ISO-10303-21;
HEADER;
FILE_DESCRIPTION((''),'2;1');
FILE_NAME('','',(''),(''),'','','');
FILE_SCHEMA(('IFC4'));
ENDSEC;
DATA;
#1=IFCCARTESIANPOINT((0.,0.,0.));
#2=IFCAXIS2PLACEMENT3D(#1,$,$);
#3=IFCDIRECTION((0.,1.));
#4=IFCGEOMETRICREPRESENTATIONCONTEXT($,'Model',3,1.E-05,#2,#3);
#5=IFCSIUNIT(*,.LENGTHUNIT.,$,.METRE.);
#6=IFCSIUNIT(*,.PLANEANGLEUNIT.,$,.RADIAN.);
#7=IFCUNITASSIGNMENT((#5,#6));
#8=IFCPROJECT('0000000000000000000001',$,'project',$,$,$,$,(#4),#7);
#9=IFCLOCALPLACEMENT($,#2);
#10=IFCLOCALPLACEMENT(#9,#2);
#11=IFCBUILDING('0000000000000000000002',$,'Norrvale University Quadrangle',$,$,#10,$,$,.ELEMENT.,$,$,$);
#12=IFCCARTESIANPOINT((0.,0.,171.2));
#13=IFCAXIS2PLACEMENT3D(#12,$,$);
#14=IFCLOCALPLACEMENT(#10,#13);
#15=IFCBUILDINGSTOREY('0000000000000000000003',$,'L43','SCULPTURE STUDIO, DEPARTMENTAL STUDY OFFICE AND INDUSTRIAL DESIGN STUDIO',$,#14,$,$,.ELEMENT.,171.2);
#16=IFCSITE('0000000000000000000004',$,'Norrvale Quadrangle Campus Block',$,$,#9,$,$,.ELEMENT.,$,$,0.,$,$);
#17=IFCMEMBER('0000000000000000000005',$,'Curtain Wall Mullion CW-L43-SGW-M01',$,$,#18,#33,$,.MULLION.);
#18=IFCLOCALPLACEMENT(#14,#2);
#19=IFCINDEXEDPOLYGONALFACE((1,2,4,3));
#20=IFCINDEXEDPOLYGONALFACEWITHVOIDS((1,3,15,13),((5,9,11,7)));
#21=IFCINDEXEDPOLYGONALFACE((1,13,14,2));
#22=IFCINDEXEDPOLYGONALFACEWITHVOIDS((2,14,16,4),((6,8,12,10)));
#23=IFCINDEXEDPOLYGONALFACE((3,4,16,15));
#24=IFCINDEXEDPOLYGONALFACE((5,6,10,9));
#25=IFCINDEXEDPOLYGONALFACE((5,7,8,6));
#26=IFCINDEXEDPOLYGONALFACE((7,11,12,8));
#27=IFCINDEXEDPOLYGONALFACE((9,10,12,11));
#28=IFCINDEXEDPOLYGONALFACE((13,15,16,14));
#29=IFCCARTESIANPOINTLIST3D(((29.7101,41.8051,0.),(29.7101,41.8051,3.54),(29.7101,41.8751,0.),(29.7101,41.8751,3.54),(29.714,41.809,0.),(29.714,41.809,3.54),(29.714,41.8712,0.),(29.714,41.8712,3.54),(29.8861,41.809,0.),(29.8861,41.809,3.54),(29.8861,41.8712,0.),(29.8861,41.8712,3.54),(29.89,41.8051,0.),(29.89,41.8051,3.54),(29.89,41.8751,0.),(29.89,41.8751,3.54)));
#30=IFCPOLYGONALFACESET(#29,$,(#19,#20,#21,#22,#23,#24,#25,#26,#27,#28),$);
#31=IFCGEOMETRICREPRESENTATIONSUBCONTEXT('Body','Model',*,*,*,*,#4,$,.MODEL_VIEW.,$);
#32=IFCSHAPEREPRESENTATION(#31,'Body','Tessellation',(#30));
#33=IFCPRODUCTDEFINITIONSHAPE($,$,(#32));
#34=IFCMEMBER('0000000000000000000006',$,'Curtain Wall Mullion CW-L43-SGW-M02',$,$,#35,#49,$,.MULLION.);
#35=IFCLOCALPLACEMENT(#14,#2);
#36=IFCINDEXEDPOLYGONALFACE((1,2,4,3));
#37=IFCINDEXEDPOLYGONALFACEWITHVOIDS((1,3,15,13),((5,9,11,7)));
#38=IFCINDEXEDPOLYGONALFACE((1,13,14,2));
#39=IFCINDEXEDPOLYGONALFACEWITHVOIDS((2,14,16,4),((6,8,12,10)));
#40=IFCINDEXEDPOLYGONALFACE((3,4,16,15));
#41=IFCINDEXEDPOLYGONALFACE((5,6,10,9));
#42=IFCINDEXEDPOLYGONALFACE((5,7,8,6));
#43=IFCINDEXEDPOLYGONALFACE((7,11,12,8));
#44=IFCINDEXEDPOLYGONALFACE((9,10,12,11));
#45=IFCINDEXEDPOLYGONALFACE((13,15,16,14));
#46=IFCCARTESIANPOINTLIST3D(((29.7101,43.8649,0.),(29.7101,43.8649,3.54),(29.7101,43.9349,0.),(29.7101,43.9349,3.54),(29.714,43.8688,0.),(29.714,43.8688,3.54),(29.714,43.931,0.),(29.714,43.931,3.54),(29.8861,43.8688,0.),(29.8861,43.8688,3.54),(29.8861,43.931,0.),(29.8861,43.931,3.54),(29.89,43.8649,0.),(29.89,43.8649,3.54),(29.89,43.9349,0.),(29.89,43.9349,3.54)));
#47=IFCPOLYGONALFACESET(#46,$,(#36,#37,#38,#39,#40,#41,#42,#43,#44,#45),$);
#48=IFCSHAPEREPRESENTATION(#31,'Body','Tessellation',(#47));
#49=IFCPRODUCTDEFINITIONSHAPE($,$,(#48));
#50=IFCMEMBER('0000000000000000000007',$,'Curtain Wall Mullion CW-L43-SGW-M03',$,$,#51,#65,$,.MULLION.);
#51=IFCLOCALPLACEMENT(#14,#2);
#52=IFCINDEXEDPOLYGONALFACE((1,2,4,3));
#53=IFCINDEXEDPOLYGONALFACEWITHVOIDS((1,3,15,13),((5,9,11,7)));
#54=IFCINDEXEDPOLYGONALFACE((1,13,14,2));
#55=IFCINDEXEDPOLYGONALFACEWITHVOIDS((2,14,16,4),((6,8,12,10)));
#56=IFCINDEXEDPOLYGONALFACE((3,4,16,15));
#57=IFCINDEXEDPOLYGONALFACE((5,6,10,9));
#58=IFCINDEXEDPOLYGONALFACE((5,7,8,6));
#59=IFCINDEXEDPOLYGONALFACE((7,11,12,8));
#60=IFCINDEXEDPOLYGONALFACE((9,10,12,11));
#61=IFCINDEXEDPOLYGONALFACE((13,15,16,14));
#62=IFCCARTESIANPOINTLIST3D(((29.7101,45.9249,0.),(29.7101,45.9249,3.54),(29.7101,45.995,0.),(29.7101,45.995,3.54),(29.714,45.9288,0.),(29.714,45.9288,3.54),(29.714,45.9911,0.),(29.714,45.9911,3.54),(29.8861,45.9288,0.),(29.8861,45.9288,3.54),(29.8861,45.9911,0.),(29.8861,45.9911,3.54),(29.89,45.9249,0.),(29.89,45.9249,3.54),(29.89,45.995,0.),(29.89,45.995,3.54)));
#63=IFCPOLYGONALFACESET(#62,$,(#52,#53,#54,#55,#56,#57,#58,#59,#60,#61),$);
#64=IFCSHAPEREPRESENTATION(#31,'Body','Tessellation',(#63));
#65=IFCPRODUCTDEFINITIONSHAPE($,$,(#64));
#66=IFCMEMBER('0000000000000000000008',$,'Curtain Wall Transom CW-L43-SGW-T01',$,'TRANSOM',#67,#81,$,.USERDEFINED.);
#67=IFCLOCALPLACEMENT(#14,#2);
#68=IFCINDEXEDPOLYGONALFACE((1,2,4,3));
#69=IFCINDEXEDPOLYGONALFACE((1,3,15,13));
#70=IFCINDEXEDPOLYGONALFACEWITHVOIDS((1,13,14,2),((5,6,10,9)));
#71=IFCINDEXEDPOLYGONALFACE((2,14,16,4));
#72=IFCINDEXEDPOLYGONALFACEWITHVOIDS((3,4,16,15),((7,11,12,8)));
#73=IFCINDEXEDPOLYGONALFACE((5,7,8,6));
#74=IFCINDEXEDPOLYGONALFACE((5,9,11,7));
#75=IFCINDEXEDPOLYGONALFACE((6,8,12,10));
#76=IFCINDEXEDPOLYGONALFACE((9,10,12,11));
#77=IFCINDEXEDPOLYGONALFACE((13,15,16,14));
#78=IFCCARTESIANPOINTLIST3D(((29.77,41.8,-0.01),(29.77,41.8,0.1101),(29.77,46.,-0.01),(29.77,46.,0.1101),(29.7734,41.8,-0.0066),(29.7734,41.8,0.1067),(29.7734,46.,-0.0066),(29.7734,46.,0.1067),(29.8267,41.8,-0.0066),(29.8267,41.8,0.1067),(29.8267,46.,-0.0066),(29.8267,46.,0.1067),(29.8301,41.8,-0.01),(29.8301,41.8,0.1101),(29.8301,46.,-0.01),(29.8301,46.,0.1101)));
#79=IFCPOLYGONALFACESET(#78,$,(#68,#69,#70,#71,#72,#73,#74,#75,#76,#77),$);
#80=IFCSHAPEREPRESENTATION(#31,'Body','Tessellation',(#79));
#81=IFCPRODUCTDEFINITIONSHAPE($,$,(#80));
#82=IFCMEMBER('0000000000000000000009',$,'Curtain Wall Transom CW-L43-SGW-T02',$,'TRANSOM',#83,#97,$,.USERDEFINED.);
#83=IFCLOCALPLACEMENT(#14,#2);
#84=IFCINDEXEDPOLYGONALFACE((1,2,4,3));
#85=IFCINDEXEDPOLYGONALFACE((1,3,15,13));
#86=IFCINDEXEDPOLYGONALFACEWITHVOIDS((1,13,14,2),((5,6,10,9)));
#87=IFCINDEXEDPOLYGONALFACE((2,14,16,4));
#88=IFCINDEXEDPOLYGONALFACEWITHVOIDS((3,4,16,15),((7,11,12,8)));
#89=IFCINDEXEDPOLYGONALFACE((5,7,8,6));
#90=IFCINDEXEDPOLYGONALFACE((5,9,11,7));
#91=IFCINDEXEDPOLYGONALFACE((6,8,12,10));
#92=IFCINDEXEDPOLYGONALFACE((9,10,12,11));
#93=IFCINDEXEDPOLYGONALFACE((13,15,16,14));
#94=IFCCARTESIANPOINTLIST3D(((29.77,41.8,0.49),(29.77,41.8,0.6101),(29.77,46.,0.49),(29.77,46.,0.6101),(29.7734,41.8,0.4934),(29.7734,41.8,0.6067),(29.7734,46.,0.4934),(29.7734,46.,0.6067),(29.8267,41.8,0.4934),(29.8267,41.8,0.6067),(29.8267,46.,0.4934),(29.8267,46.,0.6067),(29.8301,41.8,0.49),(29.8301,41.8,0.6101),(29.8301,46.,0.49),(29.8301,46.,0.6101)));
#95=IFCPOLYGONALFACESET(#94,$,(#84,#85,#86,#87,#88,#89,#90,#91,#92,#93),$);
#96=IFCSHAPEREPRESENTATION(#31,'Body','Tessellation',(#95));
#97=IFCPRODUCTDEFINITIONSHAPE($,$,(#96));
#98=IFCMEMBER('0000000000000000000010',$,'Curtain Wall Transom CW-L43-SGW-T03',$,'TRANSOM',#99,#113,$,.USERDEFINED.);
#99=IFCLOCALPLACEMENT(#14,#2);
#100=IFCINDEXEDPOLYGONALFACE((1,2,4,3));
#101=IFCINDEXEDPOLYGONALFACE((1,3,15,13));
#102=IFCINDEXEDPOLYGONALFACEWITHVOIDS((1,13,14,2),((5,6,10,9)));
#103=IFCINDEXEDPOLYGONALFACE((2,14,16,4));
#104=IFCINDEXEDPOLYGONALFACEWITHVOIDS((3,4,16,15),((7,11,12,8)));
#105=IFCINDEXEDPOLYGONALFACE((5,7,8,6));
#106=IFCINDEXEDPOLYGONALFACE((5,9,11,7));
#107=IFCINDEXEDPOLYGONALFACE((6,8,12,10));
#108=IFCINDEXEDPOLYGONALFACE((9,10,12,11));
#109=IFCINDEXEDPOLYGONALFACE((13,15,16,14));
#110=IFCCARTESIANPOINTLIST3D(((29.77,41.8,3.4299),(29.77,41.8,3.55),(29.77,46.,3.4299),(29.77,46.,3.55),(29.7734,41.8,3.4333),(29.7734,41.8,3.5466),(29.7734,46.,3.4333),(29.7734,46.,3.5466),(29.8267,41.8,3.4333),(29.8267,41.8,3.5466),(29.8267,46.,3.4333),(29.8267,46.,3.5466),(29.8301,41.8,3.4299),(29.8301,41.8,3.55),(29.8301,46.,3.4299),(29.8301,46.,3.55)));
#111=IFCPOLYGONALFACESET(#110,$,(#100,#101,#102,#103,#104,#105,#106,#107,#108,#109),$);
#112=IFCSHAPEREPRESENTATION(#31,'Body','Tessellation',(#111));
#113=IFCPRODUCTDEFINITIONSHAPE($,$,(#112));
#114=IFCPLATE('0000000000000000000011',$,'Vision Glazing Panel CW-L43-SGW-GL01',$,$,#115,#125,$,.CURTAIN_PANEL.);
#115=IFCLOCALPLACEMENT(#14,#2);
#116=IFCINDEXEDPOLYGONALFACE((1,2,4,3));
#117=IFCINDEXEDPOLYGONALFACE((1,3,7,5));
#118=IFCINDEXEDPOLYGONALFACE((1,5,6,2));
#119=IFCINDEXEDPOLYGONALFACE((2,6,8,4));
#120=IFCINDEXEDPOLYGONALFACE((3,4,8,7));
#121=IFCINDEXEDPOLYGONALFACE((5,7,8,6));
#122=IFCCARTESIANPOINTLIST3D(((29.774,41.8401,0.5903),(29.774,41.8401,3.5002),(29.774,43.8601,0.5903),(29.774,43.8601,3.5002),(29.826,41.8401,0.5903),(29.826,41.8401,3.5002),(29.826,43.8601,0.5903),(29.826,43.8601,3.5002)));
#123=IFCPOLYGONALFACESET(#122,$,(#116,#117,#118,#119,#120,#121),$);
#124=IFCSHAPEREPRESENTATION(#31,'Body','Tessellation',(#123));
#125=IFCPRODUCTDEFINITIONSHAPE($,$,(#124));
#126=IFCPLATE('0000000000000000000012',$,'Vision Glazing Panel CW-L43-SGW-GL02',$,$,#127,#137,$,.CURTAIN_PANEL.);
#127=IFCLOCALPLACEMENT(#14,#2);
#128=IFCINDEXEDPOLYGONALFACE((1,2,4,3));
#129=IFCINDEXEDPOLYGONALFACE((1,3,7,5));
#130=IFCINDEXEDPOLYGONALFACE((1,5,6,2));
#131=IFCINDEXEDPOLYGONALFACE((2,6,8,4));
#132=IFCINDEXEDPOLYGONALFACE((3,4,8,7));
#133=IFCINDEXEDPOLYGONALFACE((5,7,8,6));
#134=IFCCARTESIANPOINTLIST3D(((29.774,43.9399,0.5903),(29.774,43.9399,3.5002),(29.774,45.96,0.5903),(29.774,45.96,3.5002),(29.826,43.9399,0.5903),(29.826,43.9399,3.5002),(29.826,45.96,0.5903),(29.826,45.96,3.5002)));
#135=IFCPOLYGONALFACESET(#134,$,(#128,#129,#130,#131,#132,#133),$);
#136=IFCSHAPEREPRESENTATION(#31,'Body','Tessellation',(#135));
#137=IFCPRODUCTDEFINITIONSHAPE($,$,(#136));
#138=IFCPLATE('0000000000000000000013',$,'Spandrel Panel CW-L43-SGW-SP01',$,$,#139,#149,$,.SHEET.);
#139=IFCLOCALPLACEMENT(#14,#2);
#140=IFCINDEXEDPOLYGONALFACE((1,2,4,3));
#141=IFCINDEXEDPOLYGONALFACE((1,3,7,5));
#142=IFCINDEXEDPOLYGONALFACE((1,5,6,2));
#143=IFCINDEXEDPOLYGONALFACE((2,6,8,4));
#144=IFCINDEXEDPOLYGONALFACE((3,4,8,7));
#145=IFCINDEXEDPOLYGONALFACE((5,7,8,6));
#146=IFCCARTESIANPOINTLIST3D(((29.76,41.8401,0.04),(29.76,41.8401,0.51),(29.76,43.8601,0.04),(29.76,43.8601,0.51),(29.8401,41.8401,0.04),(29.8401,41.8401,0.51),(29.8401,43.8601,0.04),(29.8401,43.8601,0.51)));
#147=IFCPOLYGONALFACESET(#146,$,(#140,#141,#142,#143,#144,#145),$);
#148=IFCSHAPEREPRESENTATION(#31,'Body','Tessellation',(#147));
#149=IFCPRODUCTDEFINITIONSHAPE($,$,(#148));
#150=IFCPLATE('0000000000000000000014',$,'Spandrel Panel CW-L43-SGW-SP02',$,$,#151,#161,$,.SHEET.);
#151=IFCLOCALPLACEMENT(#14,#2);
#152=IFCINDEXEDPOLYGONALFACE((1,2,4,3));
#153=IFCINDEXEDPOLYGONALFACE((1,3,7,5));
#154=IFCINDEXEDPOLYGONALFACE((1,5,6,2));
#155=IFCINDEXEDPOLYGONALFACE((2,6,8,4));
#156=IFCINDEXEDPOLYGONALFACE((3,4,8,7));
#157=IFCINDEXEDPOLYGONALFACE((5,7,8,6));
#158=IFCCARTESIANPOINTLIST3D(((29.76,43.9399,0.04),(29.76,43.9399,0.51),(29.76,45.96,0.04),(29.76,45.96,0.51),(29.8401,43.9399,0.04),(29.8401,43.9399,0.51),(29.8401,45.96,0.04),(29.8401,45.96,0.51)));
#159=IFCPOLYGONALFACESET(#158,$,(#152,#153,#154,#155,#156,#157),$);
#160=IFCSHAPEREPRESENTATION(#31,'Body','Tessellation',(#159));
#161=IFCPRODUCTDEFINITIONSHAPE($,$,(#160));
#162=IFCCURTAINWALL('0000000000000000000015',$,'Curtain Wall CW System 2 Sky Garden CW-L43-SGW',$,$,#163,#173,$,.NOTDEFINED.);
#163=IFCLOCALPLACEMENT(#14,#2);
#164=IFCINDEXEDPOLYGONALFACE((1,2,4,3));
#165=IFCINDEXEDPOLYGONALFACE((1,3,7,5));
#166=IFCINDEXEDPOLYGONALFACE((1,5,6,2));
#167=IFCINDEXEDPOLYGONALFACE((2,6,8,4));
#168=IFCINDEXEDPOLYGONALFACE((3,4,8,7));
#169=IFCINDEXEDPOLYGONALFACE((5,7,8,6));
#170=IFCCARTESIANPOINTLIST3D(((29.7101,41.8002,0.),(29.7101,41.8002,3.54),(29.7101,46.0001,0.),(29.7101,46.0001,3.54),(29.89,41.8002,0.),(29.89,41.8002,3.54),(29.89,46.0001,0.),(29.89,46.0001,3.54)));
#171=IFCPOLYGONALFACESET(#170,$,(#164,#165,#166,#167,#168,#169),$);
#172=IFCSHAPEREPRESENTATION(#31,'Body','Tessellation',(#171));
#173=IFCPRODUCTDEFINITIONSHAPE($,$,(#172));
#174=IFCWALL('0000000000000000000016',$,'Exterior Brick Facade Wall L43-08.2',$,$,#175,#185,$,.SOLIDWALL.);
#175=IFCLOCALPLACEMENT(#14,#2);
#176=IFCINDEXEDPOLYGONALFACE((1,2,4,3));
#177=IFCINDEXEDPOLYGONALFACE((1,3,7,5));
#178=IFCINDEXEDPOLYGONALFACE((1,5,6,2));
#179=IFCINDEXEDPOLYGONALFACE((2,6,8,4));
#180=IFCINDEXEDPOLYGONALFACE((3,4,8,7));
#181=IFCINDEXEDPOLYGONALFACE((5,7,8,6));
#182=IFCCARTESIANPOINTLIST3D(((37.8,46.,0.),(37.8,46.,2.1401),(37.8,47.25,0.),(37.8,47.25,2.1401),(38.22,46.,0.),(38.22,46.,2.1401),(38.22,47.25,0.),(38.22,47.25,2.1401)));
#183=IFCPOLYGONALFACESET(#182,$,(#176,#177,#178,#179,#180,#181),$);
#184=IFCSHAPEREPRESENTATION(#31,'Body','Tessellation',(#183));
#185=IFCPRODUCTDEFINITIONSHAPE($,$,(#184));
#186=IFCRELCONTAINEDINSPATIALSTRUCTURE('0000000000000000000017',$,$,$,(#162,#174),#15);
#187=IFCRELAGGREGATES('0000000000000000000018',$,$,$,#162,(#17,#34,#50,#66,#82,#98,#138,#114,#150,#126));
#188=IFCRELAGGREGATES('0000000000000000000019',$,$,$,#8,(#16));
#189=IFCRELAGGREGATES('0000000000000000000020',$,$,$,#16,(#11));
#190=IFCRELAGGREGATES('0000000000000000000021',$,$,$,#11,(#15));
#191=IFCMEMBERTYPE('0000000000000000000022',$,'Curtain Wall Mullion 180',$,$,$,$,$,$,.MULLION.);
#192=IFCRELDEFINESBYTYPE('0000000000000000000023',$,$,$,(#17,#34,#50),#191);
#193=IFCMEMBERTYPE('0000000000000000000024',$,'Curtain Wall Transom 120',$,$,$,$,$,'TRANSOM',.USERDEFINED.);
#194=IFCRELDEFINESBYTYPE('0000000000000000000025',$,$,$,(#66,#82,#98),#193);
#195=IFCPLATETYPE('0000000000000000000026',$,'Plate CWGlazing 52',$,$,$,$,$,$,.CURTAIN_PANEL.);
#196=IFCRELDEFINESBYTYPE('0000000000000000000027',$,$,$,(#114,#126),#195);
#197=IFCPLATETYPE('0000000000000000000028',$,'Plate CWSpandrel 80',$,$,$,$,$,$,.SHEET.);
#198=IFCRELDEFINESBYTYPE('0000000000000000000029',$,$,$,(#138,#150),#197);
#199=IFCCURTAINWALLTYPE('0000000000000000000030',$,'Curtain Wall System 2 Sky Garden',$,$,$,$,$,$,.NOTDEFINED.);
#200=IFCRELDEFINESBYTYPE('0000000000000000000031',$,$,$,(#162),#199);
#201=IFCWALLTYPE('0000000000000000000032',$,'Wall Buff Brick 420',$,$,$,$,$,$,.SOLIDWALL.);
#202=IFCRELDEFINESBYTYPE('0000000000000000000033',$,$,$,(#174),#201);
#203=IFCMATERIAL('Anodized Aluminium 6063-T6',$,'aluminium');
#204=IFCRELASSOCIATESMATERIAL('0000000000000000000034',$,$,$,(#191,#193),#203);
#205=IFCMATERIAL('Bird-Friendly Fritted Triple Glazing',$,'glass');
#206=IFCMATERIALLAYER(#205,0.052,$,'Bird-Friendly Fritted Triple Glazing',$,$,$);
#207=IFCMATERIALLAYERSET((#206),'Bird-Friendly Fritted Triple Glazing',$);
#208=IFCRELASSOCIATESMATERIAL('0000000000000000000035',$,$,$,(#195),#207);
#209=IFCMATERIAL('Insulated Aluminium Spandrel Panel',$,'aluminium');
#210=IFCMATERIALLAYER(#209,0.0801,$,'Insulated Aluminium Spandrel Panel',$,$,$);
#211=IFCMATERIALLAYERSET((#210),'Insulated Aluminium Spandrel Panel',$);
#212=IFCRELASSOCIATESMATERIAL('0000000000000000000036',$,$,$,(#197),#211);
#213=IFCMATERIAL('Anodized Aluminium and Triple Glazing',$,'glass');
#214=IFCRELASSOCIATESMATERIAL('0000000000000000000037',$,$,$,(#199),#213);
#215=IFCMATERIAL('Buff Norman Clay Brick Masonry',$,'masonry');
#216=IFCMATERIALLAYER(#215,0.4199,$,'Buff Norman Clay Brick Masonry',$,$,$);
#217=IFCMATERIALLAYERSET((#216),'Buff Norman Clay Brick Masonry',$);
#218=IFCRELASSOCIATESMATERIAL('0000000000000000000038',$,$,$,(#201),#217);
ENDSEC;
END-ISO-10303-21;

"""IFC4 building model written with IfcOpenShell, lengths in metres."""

from ifc_helpers import new_model, si_unit, direction, frame, frame_2d, origin, origin_2d, place, context, subcontext, project, spatial, rectangle, hollow_rectangle, extrude, material, layer, layer_set, material_profile, profile_set, type_object, element, aggregate, save


model = new_model("IFC4")

# Units and contexts
model_context = context("Model", 3, precision=1e-05, world=origin(), true_north=direction((0.0, 1.0)))
body_context = subcontext(model_context, "Body", "Model", "MODEL_VIEW")
ifc_project = project(units=[si_unit("LENGTHUNIT", "METRE"), si_unit("PLANEANGLEUNIT", "RADIAN")], contexts=[model_context])

# Site, building, storey
site_placement = place(None, origin())
site = spatial("IfcSite", under=ifc_project, at=site_placement, Name="Norrvale Quadrangle Campus Block", CompositionType="ELEMENT", RefElevation=0.0)
building_placement = place(site_placement, origin())
building = spatial("IfcBuilding", under=site, at=building_placement, Name="Norrvale University Quadrangle", CompositionType="ELEMENT")
storey_placement = place(building_placement, frame((0.0, 0.0, 171.2)))
storey = spatial("IfcBuildingStorey", under=building, at=storey_placement, Name="L43", Description="SCULPTURE STUDIO, DEPARTMENTAL STUDY OFFICE AND INDUSTRIAL DESIGN STUDIO", CompositionType="ELEMENT", Elevation=171.2)

# Members
ifc_material_1 = material(Name="Anodized Aluminium 6063-T6", Category="aluminium")
ifc_material_profile_1 = material_profile(ifc_material_1, hollow_rectangle(XDim=0.0701, YDim=0.1799, WallThickness=0.0039, at=origin_2d()), Name="Anodized Aluminium 6063-T6")
ifc_profile_set_1 = profile_set([ifc_material_profile_1], Name="Anodized Aluminium 6063-T6")
member_type_1 = type_object("IfcMemberType", Name="Curtain Wall Mullion 180", PredefinedType="MULLION", material=ifc_profile_set_1)
member_1_placement = place(storey_placement, frame((29.8, 41.8401, 0.0), z_axis=(0.0, 0.0, 1.0), x_axis=(0.0, 1.0, 0.0)))
member_1 = element("IfcMember", 1, at=member_1_placement, type_object=member_type_1, Name="Curtain Wall Mullion CW-L43-SGW-M01", PredefinedType="MULLION", context=body_context, shape_type="SweptSolid", body=[
    extrude(hollow_rectangle(XDim=0.0701, YDim=0.1799, WallThickness=0.0039, at=origin_2d()), origin(), (0.0, 0.0, 1.0), 3.54),
])
member_2_placement = place(storey_placement, frame((29.8, 43.8999, 0.0), z_axis=(0.0, 0.0, 1.0), x_axis=(0.0, 1.0, 0.0)))
member_2 = element("IfcMember", 2, at=member_2_placement, type_object=member_type_1, Name="Curtain Wall Mullion CW-L43-SGW-M02", PredefinedType="MULLION", context=body_context, shape_type="SweptSolid", body=[
    extrude(hollow_rectangle(XDim=0.0701, YDim=0.1799, WallThickness=0.0039, at=origin_2d()), origin(), (0.0, 0.0, 1.0), 3.54),
])
member_3_placement = place(storey_placement, frame((29.8, 45.96, 0.0), z_axis=(0.0, 0.0, 1.0), x_axis=(0.0, 1.0, 0.0)))
member_3 = element("IfcMember", 3, at=member_3_placement, type_object=member_type_1, Name="Curtain Wall Mullion CW-L43-SGW-M03", PredefinedType="MULLION", context=body_context, shape_type="SweptSolid", body=[
    extrude(hollow_rectangle(XDim=0.0701, YDim=0.1799, WallThickness=0.0039, at=origin_2d()), origin(), (0.0, 0.0, 1.0), 3.54),
])
ifc_material_profile_2 = material_profile(ifc_material_1, hollow_rectangle(XDim=0.0601, YDim=0.1201, WallThickness=0.0034, at=origin_2d()), Name="Anodized Aluminium 6063-T6")
ifc_profile_set_2 = profile_set([ifc_material_profile_2], Name="Anodized Aluminium 6063-T6")
member_type_2 = type_object("IfcMemberType", Name="Curtain Wall Transom 120", ElementType="TRANSOM", PredefinedType="USERDEFINED", material=ifc_profile_set_2)
member_4_placement = place(storey_placement, frame((29.8, 41.8, 0.05), z_axis=(0.0, 1.0, 0.0), x_axis=(-1.0, 0.0, 0.0)))
member_4 = element("IfcMember", 4, at=member_4_placement, type_object=member_type_2, Name="Curtain Wall Transom CW-L43-SGW-T01", ObjectType="TRANSOM", PredefinedType="USERDEFINED", context=body_context, shape_type="SweptSolid", body=[
    extrude(hollow_rectangle(XDim=0.0601, YDim=0.1201, WallThickness=0.0034, at=origin_2d()), origin(), (0.0, 0.0, 1.0), 4.2),
])
member_5_placement = place(storey_placement, frame((29.8, 41.8, 0.55), z_axis=(0.0, 1.0, 0.0), x_axis=(-1.0, 0.0, 0.0)))
member_5 = element("IfcMember", 5, at=member_5_placement, type_object=member_type_2, Name="Curtain Wall Transom CW-L43-SGW-T02", ObjectType="TRANSOM", PredefinedType="USERDEFINED", context=body_context, shape_type="SweptSolid", body=[
    extrude(hollow_rectangle(XDim=0.0601, YDim=0.1201, WallThickness=0.0034, at=origin_2d()), origin(), (0.0, 0.0, 1.0), 4.2),
])
member_6_placement = place(storey_placement, frame((29.8, 41.8, 3.49), z_axis=(0.0, 1.0, 0.0), x_axis=(-1.0, 0.0, 0.0)))
member_6 = element("IfcMember", 6, at=member_6_placement, type_object=member_type_2, Name="Curtain Wall Transom CW-L43-SGW-T03", ObjectType="TRANSOM", PredefinedType="USERDEFINED", context=body_context, shape_type="SweptSolid", body=[
    extrude(hollow_rectangle(XDim=0.0601, YDim=0.1201, WallThickness=0.0034, at=origin_2d()), origin(), (0.0, 0.0, 1.0), 4.2),
])

# Plates
ifc_material_2 = material(Name="Bird-Friendly Fritted Triple Glazing", Category="glass")
ifc_layer_1 = layer(ifc_material_2, 0.052, Name="Bird-Friendly Fritted Triple Glazing")
ifc_layer_set_1 = layer_set([ifc_layer_1], Name="Bird-Friendly Fritted Triple Glazing")
plate_type_1 = type_object("IfcPlateType", Name="Plate CWGlazing 52", PredefinedType="CURTAIN_PANEL", material=ifc_layer_set_1)
plate_1_placement = place(storey_placement, frame((29.8, 42.8501, 0.5903), z_axis=(0.0, 0.0, 1.0), x_axis=(0.0, 1.0, 0.0)))
plate_1 = element("IfcPlate", 7, at=plate_1_placement, type_object=plate_type_1, Name="Vision Glazing Panel CW-L43-SGW-GL01", PredefinedType="CURTAIN_PANEL", context=body_context, shape_type="SweptSolid", body=[
    extrude(rectangle(XDim=2.02, YDim=0.052, at=origin_2d()), origin(), (0.0, 0.0, 1.0), 2.9099),
])
plate_2_placement = place(storey_placement, frame((29.8, 44.95, 0.5903), z_axis=(0.0, 0.0, 1.0), x_axis=(0.0, 1.0, 0.0)))
plate_2 = element("IfcPlate", 8, at=plate_2_placement, type_object=plate_type_1, Name="Vision Glazing Panel CW-L43-SGW-GL02", PredefinedType="CURTAIN_PANEL", context=body_context, shape_type="SweptSolid", body=[
    extrude(rectangle(XDim=2.02, YDim=0.052, at=origin_2d()), origin(), (0.0, 0.0, 1.0), 2.9099),
])
ifc_material_3 = material(Name="Insulated Aluminium Spandrel Panel", Category="aluminium")
ifc_layer_2 = layer(ifc_material_3, 0.0801, Name="Insulated Aluminium Spandrel Panel")
ifc_layer_set_2 = layer_set([ifc_layer_2], Name="Insulated Aluminium Spandrel Panel")
plate_type_2 = type_object("IfcPlateType", Name="Plate CWSpandrel 80", PredefinedType="SHEET", material=ifc_layer_set_2)
plate_3_placement = place(storey_placement, frame((29.8, 42.8501, 0.04), z_axis=(0.0, 0.0, 1.0), x_axis=(0.0, 1.0, 0.0)))
plate_3 = element("IfcPlate", 9, at=plate_3_placement, type_object=plate_type_2, Name="Spandrel Panel CW-L43-SGW-SP01", PredefinedType="SHEET", context=body_context, shape_type="SweptSolid", body=[
    extrude(rectangle(XDim=2.02, YDim=0.0801, at=origin_2d()), origin(), (0.0, 0.0, 1.0), 0.47),
])
plate_4_placement = place(storey_placement, frame((29.8, 44.95, 0.04), z_axis=(0.0, 0.0, 1.0), x_axis=(0.0, 1.0, 0.0)))
plate_4 = element("IfcPlate", 10, at=plate_4_placement, type_object=plate_type_2, Name="Spandrel Panel CW-L43-SGW-SP02", PredefinedType="SHEET", context=body_context, shape_type="SweptSolid", body=[
    extrude(rectangle(XDim=2.02, YDim=0.0801, at=origin_2d()), origin(), (0.0, 0.0, 1.0), 0.47),
])

# Curtain wall
ifc_material_4 = material(Name="Anodized Aluminium and Triple Glazing", Category="glass")
curtain_wall_type = type_object("IfcCurtainWallType", Name="Curtain Wall System 2 Sky Garden", PredefinedType="NOTDEFINED", material=ifc_material_4)
curtain_wall_1_placement = place(storey_placement, frame((29.8, 41.8, 0.0), z_axis=(0.0, 0.0, 1.0), x_axis=(0.0, 1.0, 0.0)))
curtain_wall_1 = element("IfcCurtainWall", 11, at=curtain_wall_1_placement, inside=storey, type_object=curtain_wall_type, Name="Curtain Wall CW System 2 Sky Garden CW-L43-SGW", PredefinedType="NOTDEFINED", context=body_context, shape_type="SweptSolid", body=[
    extrude(rectangle(XDim=4.2, YDim=0.1799, at=frame_2d((2.1001, 0.0))), origin(), (0.0, 0.0, 1.0), 3.54),
])
aggregate(curtain_wall_1, [member_1, member_2, member_3, member_4, member_5, member_6, plate_3, plate_1, plate_4, plate_2])

# Wall
ifc_material_5 = material(Name="Buff Norman Clay Brick Masonry", Category="masonry")
ifc_layer_3 = layer(ifc_material_5, 0.4199, Name="Buff Norman Clay Brick Masonry")
ifc_layer_set_3 = layer_set([ifc_layer_3], Name="Buff Norman Clay Brick Masonry")
wall_type = type_object("IfcWallType", Name="Wall Buff Brick 420", PredefinedType="SOLIDWALL", material=ifc_layer_set_3)
wall_1_placement = place(storey_placement, frame((38.01, 46.0, 0.0), z_axis=(0.0, 0.0, 1.0), x_axis=(0.0, 1.0, 0.0)))
element("IfcWall", 12, at=wall_1_placement, inside=storey, type_object=wall_type, Name="Exterior Brick Facade Wall L43-08.2", PredefinedType="SOLIDWALL", context=body_context, shape_type="SweptSolid", body=[
    extrude(rectangle(XDim=1.25, YDim=0.4199, at=frame_2d((0.625, 0.0))), origin(), (0.0, 0.0, 1.0), 2.1401),
])

save(model, "model.ifc")
